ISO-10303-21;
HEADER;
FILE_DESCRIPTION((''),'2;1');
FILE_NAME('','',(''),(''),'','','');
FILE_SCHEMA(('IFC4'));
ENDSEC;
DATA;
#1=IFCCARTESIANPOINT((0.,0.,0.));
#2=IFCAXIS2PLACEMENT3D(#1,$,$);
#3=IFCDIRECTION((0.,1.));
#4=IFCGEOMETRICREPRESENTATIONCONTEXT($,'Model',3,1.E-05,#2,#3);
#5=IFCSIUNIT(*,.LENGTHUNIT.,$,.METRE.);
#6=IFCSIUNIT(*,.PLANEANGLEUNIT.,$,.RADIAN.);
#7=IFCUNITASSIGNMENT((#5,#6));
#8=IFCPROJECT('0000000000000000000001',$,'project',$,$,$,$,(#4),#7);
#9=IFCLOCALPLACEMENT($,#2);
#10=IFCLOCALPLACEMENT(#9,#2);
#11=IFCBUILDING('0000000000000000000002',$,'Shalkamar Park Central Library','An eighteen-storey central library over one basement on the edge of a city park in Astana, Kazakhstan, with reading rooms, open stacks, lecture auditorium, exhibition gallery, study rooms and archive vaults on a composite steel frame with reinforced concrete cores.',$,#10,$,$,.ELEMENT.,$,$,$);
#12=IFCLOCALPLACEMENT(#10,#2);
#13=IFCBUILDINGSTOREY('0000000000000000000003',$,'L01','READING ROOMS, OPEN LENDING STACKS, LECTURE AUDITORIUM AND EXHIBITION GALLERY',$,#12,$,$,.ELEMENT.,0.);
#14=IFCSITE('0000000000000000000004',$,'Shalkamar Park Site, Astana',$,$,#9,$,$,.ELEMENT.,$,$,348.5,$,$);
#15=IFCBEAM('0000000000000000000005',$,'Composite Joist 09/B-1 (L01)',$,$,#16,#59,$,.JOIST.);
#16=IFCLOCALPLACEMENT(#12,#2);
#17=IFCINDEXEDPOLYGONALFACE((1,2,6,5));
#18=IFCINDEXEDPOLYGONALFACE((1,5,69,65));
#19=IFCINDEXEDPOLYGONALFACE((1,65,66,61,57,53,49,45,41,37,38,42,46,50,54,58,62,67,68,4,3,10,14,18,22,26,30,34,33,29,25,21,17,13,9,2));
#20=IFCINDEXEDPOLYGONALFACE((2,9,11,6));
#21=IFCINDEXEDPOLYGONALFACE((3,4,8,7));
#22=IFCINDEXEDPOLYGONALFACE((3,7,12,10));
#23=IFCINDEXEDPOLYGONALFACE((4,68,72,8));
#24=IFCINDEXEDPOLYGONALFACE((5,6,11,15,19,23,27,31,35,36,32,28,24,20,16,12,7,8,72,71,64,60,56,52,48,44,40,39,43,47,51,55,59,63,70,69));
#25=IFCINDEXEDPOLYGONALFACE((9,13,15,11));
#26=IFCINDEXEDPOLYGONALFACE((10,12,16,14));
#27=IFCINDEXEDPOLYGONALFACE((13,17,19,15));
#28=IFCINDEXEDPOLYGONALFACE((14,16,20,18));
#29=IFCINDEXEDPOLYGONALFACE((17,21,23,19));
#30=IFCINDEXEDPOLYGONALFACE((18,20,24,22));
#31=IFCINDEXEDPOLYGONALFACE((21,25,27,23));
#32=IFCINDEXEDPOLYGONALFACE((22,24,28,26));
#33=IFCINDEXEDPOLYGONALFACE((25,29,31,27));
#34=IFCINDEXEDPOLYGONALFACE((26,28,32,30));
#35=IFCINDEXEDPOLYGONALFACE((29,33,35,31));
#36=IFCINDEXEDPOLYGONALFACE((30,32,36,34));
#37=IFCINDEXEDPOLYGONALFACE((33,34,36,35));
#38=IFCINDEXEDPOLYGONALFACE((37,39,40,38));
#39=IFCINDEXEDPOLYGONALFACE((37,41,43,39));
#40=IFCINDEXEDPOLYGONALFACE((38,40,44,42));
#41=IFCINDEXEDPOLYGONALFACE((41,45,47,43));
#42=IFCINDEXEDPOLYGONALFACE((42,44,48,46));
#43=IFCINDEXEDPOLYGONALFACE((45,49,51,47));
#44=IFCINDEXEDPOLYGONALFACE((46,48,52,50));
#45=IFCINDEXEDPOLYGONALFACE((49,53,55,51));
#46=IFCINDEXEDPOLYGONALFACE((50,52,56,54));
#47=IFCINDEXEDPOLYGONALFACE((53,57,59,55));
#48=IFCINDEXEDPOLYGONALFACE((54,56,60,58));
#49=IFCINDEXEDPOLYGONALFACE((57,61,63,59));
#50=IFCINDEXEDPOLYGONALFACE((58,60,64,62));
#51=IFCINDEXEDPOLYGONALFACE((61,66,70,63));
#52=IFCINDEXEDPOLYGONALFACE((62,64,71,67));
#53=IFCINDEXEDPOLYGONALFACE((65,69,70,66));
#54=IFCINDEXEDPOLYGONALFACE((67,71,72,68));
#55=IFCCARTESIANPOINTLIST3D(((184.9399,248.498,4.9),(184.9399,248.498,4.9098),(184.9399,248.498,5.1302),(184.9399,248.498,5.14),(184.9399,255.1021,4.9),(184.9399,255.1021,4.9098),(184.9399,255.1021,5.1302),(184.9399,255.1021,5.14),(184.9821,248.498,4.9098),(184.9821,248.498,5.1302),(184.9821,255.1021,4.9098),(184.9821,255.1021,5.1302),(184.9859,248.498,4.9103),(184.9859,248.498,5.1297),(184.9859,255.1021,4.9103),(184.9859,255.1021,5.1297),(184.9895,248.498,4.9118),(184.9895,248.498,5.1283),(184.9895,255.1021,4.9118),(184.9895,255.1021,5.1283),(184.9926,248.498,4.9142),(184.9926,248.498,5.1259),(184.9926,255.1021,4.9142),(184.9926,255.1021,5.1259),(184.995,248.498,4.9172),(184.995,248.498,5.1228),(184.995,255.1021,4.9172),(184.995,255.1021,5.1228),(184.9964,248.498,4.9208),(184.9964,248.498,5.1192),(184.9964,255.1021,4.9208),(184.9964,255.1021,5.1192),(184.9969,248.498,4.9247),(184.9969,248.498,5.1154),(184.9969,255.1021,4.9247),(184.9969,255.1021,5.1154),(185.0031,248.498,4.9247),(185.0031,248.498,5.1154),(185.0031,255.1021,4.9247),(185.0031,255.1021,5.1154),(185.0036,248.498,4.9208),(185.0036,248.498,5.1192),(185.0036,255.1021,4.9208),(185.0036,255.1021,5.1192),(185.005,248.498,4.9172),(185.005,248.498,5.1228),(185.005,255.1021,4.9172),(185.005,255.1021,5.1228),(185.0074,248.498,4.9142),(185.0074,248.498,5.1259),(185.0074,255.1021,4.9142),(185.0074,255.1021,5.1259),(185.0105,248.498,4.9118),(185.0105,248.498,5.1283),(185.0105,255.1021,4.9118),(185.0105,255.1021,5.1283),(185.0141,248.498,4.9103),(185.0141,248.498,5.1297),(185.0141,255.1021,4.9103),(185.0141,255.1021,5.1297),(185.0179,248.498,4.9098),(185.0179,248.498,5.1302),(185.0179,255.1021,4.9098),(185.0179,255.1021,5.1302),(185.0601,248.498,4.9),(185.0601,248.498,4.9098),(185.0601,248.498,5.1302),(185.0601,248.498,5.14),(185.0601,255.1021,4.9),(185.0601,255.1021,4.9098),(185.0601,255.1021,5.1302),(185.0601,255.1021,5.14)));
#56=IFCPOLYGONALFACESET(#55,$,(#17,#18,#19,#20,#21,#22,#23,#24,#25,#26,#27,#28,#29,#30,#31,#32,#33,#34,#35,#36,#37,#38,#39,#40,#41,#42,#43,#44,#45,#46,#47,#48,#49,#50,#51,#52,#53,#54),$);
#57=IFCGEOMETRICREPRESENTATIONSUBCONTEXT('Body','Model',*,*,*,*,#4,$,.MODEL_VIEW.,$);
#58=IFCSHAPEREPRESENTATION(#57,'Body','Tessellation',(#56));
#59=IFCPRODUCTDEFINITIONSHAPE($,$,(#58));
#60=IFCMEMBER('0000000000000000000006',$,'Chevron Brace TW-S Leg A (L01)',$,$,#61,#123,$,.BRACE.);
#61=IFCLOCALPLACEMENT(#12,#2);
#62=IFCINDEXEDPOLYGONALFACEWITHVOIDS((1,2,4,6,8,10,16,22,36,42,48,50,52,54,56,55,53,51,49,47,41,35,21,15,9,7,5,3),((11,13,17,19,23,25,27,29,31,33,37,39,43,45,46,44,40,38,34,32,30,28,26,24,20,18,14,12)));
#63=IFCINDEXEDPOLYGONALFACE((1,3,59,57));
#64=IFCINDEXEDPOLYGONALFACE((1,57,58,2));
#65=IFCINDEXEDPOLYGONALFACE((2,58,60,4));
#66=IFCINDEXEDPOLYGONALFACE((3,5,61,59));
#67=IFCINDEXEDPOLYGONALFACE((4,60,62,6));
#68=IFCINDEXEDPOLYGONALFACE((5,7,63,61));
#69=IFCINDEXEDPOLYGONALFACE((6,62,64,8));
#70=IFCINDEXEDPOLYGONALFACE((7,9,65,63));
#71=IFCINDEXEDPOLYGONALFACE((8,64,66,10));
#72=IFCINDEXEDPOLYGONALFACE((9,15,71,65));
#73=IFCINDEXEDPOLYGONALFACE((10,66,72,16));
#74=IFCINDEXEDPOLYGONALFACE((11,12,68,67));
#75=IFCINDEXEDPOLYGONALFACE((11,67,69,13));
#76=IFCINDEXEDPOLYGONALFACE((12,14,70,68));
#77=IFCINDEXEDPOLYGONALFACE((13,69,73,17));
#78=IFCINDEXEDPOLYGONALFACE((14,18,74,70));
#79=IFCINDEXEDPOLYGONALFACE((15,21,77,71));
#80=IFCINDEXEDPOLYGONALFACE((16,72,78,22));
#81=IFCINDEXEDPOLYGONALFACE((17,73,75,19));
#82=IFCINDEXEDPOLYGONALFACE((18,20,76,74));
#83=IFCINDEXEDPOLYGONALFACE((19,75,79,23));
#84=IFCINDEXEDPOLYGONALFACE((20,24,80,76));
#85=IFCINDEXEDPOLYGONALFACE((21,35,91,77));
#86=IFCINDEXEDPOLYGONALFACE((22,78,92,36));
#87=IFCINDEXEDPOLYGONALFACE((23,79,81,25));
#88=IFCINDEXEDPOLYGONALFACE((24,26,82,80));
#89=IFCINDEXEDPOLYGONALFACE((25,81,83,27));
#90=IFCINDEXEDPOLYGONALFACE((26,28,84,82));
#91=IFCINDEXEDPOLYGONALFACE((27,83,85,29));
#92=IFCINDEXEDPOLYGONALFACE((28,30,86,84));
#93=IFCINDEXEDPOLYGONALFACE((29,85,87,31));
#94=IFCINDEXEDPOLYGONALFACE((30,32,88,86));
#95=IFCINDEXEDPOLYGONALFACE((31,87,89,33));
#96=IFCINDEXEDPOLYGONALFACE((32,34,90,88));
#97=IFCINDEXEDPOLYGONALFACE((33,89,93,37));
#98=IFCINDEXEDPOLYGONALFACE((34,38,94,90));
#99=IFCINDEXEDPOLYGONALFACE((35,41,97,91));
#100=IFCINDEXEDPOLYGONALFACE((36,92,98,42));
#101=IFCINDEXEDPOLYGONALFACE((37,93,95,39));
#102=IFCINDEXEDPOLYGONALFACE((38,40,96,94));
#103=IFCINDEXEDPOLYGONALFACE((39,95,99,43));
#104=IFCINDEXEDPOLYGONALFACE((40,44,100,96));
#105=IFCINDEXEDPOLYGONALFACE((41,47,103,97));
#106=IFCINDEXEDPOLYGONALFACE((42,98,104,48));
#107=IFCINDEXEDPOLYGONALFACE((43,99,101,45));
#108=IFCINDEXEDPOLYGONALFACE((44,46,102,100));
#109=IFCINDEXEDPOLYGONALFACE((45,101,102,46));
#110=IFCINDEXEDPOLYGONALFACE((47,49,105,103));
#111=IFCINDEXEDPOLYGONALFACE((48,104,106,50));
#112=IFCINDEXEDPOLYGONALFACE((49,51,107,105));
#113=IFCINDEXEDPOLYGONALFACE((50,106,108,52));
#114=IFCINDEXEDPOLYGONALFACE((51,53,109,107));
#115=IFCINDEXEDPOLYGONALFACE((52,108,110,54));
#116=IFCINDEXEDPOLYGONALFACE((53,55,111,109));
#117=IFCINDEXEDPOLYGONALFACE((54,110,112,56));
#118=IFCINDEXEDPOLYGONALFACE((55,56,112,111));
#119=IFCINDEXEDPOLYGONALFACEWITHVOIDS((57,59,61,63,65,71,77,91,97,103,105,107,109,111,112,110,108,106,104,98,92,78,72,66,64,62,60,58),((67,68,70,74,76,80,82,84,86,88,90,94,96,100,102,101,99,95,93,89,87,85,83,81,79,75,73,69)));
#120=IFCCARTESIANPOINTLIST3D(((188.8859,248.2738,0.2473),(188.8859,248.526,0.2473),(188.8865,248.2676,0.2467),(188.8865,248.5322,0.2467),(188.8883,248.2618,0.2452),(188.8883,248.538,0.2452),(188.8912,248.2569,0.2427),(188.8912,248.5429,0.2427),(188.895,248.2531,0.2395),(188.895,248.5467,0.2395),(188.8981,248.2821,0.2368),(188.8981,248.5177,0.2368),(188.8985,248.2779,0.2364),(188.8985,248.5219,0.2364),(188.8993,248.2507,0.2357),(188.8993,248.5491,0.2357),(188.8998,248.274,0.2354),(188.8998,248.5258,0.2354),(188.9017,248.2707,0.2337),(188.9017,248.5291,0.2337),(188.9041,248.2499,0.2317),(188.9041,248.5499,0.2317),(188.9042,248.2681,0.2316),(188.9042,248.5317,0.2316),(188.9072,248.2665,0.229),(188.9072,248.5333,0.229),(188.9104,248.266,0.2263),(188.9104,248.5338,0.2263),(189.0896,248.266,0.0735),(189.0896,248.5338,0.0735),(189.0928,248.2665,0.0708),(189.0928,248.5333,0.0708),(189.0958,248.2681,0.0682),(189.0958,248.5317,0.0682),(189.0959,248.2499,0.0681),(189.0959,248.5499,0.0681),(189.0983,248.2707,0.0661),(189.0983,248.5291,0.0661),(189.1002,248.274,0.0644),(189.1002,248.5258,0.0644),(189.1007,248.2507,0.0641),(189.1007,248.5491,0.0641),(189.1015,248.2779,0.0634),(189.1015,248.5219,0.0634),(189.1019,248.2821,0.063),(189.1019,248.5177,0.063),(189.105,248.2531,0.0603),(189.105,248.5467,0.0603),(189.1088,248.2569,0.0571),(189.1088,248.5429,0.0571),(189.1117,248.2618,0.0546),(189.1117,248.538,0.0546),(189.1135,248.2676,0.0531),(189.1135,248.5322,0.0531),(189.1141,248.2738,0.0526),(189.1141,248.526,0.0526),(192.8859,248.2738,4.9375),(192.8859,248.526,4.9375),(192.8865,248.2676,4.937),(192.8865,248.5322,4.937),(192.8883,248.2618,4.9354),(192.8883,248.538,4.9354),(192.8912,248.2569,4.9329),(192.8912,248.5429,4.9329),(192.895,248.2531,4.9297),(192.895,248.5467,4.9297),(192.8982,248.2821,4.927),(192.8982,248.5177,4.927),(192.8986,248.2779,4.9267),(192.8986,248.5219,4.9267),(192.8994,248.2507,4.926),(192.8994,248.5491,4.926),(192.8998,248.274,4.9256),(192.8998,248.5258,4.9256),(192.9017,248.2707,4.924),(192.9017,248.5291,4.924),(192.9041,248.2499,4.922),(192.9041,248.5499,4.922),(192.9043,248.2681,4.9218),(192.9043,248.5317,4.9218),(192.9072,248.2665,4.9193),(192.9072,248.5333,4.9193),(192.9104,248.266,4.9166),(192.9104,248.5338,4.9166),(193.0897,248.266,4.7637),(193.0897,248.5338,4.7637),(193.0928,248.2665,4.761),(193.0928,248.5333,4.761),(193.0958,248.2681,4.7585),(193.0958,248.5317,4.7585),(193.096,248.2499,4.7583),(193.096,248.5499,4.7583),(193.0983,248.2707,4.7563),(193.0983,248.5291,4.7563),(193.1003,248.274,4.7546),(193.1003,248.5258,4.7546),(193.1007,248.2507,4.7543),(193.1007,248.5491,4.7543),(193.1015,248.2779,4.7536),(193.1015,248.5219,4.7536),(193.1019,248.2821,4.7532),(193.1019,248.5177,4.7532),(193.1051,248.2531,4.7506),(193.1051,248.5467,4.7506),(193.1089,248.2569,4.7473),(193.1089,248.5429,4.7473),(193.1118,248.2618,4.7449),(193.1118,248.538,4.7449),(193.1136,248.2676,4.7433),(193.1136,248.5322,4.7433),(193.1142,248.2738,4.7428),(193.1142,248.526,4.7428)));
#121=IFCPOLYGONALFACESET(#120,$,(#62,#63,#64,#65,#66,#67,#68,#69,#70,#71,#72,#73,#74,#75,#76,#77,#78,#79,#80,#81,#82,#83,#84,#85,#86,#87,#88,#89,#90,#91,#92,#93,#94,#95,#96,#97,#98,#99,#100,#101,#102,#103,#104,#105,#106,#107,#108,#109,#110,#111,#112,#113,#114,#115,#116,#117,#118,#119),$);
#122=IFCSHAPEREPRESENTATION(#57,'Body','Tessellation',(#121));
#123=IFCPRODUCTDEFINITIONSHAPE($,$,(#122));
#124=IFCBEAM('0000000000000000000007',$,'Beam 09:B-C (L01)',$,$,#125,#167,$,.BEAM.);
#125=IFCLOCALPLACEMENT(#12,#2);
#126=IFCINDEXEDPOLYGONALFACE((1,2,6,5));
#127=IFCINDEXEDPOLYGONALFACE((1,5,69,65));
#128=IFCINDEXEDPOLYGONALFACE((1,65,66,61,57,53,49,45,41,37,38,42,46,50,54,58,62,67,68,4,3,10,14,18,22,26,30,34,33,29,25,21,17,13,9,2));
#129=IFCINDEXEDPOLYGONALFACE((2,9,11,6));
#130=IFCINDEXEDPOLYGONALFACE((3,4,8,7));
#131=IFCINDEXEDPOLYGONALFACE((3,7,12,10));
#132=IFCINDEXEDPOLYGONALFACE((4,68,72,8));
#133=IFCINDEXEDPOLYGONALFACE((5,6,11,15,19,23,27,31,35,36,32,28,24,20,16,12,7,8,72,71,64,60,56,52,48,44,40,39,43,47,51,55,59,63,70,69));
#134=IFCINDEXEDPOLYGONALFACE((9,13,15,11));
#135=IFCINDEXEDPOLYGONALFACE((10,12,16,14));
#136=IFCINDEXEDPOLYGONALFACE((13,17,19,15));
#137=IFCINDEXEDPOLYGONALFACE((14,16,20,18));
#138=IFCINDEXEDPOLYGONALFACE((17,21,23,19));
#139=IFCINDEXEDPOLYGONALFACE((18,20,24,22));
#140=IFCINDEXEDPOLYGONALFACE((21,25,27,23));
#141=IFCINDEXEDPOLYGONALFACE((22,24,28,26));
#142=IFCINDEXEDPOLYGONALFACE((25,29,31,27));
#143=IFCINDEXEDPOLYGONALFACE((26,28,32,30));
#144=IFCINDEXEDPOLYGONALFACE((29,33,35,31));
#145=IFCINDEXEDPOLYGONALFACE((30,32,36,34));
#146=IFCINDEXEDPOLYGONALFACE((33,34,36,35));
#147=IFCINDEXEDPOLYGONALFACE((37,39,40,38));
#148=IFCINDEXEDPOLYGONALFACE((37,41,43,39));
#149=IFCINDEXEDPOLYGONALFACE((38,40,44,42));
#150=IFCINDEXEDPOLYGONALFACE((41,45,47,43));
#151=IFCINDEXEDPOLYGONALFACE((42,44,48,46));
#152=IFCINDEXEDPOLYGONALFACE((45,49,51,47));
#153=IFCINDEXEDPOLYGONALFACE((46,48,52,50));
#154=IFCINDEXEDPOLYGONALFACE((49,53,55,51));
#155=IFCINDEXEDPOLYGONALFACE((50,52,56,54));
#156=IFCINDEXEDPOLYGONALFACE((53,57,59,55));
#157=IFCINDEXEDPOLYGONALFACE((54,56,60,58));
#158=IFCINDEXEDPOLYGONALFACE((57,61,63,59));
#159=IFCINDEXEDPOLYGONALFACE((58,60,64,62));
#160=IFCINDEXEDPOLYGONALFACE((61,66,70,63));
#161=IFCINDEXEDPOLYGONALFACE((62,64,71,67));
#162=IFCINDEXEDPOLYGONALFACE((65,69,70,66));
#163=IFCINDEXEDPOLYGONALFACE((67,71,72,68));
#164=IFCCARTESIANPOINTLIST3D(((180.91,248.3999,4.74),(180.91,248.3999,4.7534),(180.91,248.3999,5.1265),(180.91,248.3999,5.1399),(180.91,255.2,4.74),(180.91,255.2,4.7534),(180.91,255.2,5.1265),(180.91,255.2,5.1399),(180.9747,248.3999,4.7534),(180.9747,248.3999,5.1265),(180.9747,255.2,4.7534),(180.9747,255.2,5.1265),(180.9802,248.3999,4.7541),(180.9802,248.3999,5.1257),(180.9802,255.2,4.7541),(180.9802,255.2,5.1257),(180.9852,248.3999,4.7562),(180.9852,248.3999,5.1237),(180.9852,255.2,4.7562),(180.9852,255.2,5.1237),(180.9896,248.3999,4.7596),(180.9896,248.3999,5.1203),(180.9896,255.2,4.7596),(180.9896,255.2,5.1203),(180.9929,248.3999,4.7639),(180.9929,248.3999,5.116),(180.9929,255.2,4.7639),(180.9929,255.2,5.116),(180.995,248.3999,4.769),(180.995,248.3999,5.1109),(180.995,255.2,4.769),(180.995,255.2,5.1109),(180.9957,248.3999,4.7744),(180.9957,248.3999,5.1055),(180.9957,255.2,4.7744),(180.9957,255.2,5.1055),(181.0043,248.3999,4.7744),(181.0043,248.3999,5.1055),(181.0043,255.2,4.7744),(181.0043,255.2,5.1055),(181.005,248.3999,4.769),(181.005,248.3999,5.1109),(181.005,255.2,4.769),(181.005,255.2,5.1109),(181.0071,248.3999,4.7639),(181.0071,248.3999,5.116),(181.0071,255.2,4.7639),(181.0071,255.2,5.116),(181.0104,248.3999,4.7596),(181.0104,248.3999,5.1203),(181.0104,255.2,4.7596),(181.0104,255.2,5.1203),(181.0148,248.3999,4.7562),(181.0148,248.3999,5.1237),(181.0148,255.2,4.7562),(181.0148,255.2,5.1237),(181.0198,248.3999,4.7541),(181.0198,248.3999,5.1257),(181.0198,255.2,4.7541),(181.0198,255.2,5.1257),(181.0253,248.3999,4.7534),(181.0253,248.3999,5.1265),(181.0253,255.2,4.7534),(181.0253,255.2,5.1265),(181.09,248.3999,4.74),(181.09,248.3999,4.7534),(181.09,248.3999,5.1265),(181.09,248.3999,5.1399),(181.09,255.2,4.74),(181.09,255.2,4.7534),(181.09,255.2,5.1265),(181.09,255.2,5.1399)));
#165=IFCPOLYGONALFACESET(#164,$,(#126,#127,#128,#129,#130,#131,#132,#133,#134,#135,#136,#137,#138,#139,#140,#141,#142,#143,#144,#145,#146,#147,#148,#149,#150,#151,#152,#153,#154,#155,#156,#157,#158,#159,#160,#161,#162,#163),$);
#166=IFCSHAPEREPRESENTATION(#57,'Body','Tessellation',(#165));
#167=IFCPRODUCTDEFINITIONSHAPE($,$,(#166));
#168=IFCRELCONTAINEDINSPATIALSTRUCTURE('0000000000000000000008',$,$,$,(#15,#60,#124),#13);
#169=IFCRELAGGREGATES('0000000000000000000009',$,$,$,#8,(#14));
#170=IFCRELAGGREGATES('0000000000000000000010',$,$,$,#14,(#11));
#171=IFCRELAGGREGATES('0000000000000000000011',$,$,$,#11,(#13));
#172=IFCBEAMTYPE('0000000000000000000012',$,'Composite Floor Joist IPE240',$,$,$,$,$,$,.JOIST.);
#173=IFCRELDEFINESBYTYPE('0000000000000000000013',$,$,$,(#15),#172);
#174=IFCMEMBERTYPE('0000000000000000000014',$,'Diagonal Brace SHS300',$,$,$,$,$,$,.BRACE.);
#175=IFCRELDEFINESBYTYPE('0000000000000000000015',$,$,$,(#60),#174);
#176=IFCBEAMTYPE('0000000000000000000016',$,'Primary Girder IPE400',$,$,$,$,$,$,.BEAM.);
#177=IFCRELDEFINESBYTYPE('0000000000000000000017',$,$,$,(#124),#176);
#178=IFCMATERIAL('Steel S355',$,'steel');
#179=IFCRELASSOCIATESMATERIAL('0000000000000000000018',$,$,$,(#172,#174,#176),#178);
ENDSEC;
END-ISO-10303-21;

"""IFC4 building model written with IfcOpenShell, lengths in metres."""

from ifc_helpers import new_model, si_unit, direction, frame, origin, origin_2d, place, context, subcontext, project, spatial, hollow_rectangle, i_section, extrude, material, material_profile, profile_set, type_object, element, save


model = new_model("IFC4")

# Units and contexts
model_context = context("Model", 3, precision=1e-05, world=origin(), true_north=direction((0.0, 1.0)))
body_context = subcontext(model_context, "Body", "Model", "MODEL_VIEW")
ifc_project = project(units=[si_unit("LENGTHUNIT", "METRE"), si_unit("PLANEANGLEUNIT", "RADIAN")], contexts=[model_context])

# Site, building, storey
site_placement = place(None, origin())
site = spatial("IfcSite", under=ifc_project, at=site_placement, Name="Shalkamar Park Site, Astana", CompositionType="ELEMENT", RefElevation=348.5)
building_placement = place(site_placement, origin())
building = spatial("IfcBuilding", under=site, at=building_placement, Name="Shalkamar Park Central Library", Description="An eighteen-storey central library over one basement on the edge of a city park in Astana, Kazakhstan, with reading rooms, open stacks, lecture auditorium, exhibition gallery, study rooms and archive vaults on a composite steel frame with reinforced concrete cores.", CompositionType="ELEMENT")
storey_placement = place(building_placement, origin())
storey = spatial("IfcBuildingStorey", under=building, at=storey_placement, Name="L01", Description="READING ROOMS, OPEN LENDING STACKS, LECTURE AUDITORIUM AND EXHIBITION GALLERY", CompositionType="ELEMENT", Elevation=0.0)

# Shared definitions
ifc_material_1 = material(Name="Steel S355", Category="steel")

# Beam
ifc_material_profile_1 = material_profile(ifc_material_1, i_section(OverallWidth=0.1201, OverallDepth=0.24, WebThickness=0.0061, FlangeThickness=0.0098, FilletRadius=0.0149, at=origin_2d()), Name="IPE 240")
ifc_profile_set_1 = profile_set([ifc_material_profile_1], Name="Steel S355")
beam_type_1 = type_object("IfcBeamType", Name="Composite Floor Joist IPE240", PredefinedType="JOIST", material=ifc_profile_set_1)
beam_1_placement = place(storey_placement, frame((185.0, 248.498, 5.02), z_axis=(0.0, 1.0, 0.0), x_axis=(-1.0, 0.0, 0.0)))
element("IfcBeam", 1, at=beam_1_placement, inside=storey, type_object=beam_type_1, Name="Composite Joist 09/B-1 (L01)", PredefinedType="JOIST", context=body_context, shape_type="SweptSolid", body=[
    extrude(i_section(OverallWidth=0.1201, OverallDepth=0.24, WebThickness=0.0061, FlangeThickness=0.0098, FilletRadius=0.0149, at=origin_2d()), origin(), (0.0, 0.0, 1.0), 6.604),
])

# Member
ifc_material_profile_2 = material_profile(ifc_material_1, hollow_rectangle(XDim=0.3, YDim=0.3, WallThickness=0.0161, InnerFilletRadius=0.0161, OuterFilletRadius=0.0239, at=origin_2d()), Name="SHS 300x300x16")
ifc_profile_set_2 = profile_set([ifc_material_profile_2], Name="Steel S355")
member_type = type_object("IfcMemberType", Name="Diagonal Brace SHS300", PredefinedType="BRACE", material=ifc_profile_set_2)
member_placement = place(storey_placement, frame((189.0, 248.3999, 0.1499), z_axis=(0.648904, 0.0, 0.76087), x_axis=(0.0, 1.0, 0.0)))
element("IfcMember", 2, at=member_placement, inside=storey, type_object=member_type, Name="Chevron Brace TW-S Leg A (L01)", PredefinedType="BRACE", context=body_context, shape_type="SweptSolid", body=[
    extrude(hollow_rectangle(XDim=0.3, YDim=0.3, WallThickness=0.0161, InnerFilletRadius=0.0161, OuterFilletRadius=0.0239, at=origin_2d()), origin(), (0.0, 0.0, 1.0), 6.1643),
])

# Beam
ifc_material_profile_3 = material_profile(ifc_material_1, i_section(OverallWidth=0.1799, OverallDepth=0.3999, WebThickness=0.0085, FlangeThickness=0.0134, FilletRadius=0.021, at=origin_2d()), Name="IPE 400")
ifc_profile_set_3 = profile_set([ifc_material_profile_3], Name="Steel S355")
beam_type_2 = type_object("IfcBeamType", Name="Primary Girder IPE400", PredefinedType="BEAM", material=ifc_profile_set_3)
beam_2_placement = place(storey_placement, frame((181.0, 248.3999, 4.9399), z_axis=(0.0, 1.0, 0.0), x_axis=(-1.0, 0.0, 0.0)))
element("IfcBeam", 3, at=beam_2_placement, inside=storey, type_object=beam_type_2, Name="Beam 09:B-C (L01)", PredefinedType="BEAM", context=body_context, shape_type="SweptSolid", body=[
    extrude(i_section(OverallWidth=0.1799, OverallDepth=0.3999, WebThickness=0.0085, FlangeThickness=0.0134, FilletRadius=0.021, at=origin_2d()), origin(), (0.0, 0.0, 1.0), 6.8),
])

save(model, "model.ifc")
